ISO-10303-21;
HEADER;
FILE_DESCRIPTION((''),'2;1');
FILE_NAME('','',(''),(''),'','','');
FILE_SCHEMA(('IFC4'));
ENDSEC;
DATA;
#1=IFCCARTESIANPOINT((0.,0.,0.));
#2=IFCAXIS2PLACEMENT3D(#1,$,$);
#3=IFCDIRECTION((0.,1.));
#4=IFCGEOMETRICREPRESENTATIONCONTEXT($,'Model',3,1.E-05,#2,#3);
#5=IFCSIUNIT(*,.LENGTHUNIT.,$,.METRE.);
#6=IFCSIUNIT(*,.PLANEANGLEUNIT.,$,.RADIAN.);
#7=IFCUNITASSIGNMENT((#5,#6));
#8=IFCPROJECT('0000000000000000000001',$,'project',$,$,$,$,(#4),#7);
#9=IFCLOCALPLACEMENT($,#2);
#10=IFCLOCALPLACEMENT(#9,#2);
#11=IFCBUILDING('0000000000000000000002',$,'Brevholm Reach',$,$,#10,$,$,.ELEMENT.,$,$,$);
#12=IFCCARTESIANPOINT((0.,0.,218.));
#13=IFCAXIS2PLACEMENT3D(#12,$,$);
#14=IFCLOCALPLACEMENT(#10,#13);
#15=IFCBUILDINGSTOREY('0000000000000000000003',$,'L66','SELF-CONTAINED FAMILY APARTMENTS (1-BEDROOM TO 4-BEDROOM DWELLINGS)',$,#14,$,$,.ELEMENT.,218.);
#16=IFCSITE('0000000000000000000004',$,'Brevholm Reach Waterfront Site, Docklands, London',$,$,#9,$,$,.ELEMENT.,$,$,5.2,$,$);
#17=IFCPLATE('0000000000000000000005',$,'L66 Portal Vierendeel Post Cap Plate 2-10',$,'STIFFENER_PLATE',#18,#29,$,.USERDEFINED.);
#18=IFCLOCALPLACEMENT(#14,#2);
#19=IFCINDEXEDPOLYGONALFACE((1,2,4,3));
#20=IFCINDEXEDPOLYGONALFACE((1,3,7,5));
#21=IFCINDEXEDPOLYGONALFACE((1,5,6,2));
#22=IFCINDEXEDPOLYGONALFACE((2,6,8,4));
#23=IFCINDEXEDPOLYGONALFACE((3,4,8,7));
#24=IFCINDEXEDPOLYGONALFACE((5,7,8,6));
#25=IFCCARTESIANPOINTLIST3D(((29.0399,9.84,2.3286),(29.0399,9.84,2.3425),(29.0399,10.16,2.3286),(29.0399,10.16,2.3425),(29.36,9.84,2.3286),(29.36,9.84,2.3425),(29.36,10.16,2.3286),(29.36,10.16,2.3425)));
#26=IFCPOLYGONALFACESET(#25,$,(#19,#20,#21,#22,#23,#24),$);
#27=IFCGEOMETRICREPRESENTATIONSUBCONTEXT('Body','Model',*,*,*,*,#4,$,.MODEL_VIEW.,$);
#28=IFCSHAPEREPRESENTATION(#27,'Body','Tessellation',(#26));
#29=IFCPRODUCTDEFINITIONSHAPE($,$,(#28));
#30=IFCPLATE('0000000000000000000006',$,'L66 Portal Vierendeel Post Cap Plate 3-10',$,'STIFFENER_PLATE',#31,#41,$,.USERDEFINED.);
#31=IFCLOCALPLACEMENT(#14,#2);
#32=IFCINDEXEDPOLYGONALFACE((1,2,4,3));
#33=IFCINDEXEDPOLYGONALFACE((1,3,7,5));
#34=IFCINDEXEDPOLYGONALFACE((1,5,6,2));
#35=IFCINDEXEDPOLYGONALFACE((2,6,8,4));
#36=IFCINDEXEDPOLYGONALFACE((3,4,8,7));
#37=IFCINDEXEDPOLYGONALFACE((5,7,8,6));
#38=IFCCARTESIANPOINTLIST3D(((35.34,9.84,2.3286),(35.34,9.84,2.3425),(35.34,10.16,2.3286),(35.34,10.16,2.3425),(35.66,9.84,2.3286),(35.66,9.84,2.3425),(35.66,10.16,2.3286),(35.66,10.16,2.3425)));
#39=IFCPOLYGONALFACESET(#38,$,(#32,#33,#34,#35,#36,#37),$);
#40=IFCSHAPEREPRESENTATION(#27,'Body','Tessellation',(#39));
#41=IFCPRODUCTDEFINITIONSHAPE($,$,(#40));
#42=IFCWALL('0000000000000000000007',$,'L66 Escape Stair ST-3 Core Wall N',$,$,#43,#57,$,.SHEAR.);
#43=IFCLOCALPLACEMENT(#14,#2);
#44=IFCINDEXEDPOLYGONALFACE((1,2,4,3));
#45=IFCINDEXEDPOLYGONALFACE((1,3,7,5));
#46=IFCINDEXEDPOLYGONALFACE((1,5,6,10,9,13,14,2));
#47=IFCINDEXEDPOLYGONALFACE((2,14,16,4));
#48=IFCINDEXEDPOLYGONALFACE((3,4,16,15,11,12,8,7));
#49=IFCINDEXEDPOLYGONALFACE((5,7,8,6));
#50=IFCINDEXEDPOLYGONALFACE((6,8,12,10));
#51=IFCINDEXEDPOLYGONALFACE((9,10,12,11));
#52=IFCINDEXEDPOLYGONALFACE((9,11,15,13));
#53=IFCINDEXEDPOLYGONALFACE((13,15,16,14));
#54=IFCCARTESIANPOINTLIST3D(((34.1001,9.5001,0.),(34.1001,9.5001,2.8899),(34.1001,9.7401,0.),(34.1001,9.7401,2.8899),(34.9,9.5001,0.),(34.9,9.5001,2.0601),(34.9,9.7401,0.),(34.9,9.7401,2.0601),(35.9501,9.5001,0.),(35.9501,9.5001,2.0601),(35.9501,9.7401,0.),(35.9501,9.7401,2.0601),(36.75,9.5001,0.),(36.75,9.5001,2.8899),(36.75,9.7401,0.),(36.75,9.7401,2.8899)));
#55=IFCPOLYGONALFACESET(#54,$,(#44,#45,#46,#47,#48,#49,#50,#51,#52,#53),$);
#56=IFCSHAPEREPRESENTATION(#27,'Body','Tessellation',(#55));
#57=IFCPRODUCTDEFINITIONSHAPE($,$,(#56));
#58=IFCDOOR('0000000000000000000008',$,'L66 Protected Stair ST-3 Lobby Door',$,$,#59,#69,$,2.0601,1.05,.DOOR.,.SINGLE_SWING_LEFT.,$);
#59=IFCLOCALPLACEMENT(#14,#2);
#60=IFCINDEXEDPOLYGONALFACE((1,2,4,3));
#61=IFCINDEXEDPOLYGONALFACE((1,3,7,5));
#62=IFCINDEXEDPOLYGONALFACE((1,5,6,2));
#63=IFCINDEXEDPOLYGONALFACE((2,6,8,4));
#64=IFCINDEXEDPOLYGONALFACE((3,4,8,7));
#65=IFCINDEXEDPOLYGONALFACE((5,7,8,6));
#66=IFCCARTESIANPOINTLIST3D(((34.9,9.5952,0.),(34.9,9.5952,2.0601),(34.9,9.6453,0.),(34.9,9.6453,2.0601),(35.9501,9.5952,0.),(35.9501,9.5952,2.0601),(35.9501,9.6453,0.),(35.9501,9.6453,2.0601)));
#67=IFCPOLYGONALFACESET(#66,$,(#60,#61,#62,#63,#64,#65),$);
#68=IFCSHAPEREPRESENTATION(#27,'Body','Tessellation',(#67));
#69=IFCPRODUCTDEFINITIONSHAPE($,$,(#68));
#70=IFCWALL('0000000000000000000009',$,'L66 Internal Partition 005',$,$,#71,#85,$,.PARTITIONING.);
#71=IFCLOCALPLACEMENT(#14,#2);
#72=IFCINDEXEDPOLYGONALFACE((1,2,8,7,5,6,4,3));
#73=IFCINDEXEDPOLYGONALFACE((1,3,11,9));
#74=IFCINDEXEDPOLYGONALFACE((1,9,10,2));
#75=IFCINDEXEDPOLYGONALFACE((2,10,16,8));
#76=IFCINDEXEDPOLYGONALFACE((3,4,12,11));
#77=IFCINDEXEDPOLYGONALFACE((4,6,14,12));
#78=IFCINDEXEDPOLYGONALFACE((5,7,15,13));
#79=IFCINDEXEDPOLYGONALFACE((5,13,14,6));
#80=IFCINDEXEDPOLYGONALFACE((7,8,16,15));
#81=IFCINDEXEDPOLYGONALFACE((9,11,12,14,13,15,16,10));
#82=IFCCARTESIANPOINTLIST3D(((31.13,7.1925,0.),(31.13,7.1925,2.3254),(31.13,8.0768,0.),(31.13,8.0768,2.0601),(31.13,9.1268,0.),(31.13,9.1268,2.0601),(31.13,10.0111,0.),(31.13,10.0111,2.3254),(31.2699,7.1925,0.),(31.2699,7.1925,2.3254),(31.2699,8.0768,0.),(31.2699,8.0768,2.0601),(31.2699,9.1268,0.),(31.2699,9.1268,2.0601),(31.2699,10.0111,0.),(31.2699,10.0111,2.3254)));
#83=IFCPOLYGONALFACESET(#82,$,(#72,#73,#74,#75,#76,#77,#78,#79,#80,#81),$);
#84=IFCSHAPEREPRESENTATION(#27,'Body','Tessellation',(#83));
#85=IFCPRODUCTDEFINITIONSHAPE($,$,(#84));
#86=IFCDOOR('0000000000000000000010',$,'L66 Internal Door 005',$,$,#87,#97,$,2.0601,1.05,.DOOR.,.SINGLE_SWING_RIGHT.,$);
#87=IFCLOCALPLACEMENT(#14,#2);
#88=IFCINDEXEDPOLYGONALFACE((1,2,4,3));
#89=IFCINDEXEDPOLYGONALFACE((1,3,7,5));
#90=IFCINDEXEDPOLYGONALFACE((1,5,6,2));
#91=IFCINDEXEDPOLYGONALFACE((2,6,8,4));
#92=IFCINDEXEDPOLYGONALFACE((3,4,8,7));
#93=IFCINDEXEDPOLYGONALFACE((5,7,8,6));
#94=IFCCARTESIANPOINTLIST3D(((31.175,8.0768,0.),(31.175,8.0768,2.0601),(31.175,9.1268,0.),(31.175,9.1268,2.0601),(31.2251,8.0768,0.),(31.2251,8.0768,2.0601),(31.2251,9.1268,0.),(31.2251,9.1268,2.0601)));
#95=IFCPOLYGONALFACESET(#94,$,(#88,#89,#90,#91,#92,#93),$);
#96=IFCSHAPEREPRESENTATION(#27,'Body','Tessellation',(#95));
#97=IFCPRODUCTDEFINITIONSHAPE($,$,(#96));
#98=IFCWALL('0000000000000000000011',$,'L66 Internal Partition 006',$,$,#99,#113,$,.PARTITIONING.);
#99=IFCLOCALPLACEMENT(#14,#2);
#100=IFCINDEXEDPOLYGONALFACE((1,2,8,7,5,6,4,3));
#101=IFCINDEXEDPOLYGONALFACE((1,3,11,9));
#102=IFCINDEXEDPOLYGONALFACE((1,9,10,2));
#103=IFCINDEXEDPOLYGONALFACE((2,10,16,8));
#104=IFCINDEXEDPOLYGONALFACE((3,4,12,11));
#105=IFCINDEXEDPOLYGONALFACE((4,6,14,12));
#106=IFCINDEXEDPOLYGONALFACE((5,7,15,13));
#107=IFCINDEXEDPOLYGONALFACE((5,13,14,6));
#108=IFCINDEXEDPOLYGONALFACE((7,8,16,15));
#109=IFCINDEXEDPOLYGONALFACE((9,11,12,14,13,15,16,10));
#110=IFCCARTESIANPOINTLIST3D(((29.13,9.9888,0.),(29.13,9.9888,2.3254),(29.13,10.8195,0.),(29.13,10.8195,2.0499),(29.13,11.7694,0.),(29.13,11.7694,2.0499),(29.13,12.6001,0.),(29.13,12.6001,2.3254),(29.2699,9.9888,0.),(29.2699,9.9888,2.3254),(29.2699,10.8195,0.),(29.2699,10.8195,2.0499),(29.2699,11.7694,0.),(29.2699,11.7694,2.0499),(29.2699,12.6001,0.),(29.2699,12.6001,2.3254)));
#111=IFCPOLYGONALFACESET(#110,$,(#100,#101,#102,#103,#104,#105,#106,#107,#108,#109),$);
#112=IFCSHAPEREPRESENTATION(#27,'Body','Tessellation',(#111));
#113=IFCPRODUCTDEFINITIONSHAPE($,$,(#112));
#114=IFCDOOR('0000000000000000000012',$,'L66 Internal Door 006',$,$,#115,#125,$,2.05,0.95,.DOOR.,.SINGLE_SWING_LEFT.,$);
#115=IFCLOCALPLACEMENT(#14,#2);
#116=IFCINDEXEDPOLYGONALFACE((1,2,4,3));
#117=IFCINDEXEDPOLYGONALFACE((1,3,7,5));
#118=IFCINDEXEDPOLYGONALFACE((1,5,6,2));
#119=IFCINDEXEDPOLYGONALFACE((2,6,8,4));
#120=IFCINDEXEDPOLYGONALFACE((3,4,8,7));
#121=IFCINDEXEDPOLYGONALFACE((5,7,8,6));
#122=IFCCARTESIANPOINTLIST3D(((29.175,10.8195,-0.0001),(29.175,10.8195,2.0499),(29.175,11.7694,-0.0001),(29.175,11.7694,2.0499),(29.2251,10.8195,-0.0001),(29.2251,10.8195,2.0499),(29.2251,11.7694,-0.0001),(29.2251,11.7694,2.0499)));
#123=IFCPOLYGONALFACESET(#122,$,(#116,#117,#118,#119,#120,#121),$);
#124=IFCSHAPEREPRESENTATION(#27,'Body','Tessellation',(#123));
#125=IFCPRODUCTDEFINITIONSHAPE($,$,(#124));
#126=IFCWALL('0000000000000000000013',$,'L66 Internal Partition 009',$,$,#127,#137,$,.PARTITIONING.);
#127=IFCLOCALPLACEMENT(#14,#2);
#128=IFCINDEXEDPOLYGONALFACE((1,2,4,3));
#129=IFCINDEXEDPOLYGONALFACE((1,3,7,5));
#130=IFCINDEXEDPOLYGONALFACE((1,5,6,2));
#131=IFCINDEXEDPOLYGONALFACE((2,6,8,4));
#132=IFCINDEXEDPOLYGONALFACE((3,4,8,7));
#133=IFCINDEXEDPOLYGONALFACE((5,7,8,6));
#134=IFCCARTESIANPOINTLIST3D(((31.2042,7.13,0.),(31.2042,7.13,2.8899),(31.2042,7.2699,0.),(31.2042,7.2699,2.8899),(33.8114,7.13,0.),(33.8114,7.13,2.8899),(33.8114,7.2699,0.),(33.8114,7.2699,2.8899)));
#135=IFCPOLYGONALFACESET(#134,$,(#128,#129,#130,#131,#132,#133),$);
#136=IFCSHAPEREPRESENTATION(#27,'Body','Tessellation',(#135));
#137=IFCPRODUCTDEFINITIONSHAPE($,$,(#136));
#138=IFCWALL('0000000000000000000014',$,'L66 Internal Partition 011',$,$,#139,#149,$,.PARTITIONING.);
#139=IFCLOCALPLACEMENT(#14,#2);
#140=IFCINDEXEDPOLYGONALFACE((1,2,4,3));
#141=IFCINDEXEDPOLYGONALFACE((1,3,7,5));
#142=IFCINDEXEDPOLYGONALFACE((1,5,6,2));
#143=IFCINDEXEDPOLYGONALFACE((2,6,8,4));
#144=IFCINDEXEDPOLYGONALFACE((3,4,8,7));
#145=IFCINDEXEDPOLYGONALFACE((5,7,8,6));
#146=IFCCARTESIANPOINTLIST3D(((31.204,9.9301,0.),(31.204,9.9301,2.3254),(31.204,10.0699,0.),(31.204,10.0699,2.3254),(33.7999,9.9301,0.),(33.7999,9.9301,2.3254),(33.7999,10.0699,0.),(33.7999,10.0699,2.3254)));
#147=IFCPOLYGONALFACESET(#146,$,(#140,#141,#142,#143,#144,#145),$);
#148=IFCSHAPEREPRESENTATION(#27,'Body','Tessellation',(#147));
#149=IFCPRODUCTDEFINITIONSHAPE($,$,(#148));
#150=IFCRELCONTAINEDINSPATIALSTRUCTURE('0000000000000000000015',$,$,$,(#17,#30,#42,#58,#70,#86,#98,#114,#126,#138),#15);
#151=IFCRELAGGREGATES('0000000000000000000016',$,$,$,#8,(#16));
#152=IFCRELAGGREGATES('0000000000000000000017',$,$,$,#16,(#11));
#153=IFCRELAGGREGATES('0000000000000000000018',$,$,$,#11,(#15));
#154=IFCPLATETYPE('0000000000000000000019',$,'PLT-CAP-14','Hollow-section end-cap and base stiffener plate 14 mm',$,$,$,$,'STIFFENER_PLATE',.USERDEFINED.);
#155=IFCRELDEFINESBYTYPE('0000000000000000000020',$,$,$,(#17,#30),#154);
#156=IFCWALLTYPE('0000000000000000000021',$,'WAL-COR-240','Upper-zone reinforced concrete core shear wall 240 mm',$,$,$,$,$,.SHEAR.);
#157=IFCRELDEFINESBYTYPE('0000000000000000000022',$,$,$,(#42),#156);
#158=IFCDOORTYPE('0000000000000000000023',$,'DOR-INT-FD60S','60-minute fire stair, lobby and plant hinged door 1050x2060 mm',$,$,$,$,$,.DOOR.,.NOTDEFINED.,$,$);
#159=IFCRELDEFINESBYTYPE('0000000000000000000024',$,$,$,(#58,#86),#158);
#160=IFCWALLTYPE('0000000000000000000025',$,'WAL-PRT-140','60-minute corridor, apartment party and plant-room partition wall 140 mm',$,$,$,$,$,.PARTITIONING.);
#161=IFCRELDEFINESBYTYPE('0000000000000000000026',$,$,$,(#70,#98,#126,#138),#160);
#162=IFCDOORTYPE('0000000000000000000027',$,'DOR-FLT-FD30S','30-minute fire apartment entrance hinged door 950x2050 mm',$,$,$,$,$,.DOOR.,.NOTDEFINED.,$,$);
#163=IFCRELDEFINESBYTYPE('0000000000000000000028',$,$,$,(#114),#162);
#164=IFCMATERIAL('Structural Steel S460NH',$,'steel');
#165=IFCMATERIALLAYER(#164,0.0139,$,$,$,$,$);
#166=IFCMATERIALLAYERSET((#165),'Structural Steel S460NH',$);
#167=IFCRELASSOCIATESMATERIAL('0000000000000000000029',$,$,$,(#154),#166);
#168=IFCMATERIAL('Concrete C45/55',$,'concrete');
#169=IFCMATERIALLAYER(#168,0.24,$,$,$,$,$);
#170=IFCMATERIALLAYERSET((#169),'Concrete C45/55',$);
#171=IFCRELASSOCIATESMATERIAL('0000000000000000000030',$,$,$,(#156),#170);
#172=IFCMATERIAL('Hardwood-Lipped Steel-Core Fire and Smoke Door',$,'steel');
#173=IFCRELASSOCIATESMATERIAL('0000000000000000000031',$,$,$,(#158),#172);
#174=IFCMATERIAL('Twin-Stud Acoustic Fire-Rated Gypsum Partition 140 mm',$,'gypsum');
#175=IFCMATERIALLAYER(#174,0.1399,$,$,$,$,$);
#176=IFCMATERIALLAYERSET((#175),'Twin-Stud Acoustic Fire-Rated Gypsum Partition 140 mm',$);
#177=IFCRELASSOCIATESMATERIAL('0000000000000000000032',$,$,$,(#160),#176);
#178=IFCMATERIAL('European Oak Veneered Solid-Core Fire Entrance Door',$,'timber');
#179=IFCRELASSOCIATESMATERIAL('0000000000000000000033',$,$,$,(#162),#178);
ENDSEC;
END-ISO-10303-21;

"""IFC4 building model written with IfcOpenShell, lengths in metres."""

from ifc_helpers import new_model, si_unit, direction, frame, frame_2d, origin, origin_2d, place, context, subcontext, project, spatial, rectangle, extrude, material, layer, layer_set, type_object, element, fill, save


model = new_model("IFC4")

# Units and contexts
model_context = context("Model", 3, precision=1e-05, world=origin(), true_north=direction((0.0, 1.0)))
body_context = subcontext(model_context, "Body", "Model", "MODEL_VIEW")
ifc_project = project(units=[si_unit("LENGTHUNIT", "METRE"), si_unit("PLANEANGLEUNIT", "RADIAN")], contexts=[model_context])

# Site, building, storey
site_placement = place(None, origin())
site = spatial("IfcSite", under=ifc_project, at=site_placement, Name="Brevholm Reach Waterfront Site, Docklands, London", CompositionType="ELEMENT", RefElevation=5.2)
building_placement = place(site_placement, origin())
building = spatial("IfcBuilding", under=site, at=building_placement, Name="Brevholm Reach", CompositionType="ELEMENT")
storey_placement = place(building_placement, frame((0.0, 0.0, 218.0)))
storey = spatial("IfcBuildingStorey", under=building, at=storey_placement, Name="L66", Description="SELF-CONTAINED FAMILY APARTMENTS (1-BEDROOM TO 4-BEDROOM DWELLINGS)", CompositionType="ELEMENT", Elevation=218.0)

# Plates
ifc_material_1 = material(Name="Structural Steel S460NH", Category="steel")
ifc_layer_1 = layer(ifc_material_1, 0.0139)
ifc_layer_set_1 = layer_set([ifc_layer_1], Name="Structural Steel S460NH")
plate_type = type_object("IfcPlateType", Name="PLT-CAP-14", Description="Hollow-section end-cap and base stiffener plate 14 mm", ElementType="STIFFENER_PLATE", PredefinedType="USERDEFINED", material=ifc_layer_set_1)
for number, where, z_axis, x_axis, name in (
    (1, (29.2, 10.0, 2.3286), (0.0, 0.0, 1.0), (1.0, 0.0, 0.0), "L66 Portal Vierendeel Post Cap Plate 2-10"),
    (2, (35.5, 10.0, 2.3286), (0.0, 0.0, 1.0), (1.0, 0.0, 0.0), "L66 Portal Vierendeel Post Cap Plate 3-10"),
):
    element("IfcPlate", number, at=place(storey_placement, frame(where, z_axis=z_axis, x_axis=x_axis)), inside=storey, type_object=plate_type, Name=name, ObjectType="STIFFENER_PLATE", PredefinedType="USERDEFINED", context=body_context, shape_type="SweptSolid", body=[
        extrude(rectangle(XDim=0.3201, YDim=0.3201, at=origin_2d()), origin(), (0.0, 0.0, 1.0), 0.0139),
    ])

# Walls, openings, doors
ifc_material_2 = material(Name="Concrete C45/55", Category="concrete")
ifc_layer_2 = layer(ifc_material_2, 0.24)
ifc_layer_set_2 = layer_set([ifc_layer_2], Name="Concrete C45/55")
wall_type_1 = type_object("IfcWallType", Name="WAL-COR-240", Description="Upper-zone reinforced concrete core shear wall 240 mm", PredefinedType="SHEAR", material=ifc_layer_set_2)
wall_1_placement = place(storey_placement, frame((36.75, 9.6201, 0.0), z_axis=(0.0, 0.0, 1.0), x_axis=(-1.0, 0.0, 0.0)))
wall_1 = element("IfcWall", 3, at=wall_1_placement, inside=storey, type_object=wall_type_1, Name="L66 Escape Stair ST-3 Core Wall N", PredefinedType="SHEAR", context=body_context, shape_type="SweptSolid", body=[
    extrude(rectangle(XDim=2.6499, YDim=0.24, at=frame_2d((1.325, 0.0))), origin(), (0.0, 0.0, 1.0), 2.8899),
])
opening_1_placement = place(wall_1_placement, frame((0.8, 0.0, 0.0)))
opening_1 = element("IfcOpeningElement", 4, at=opening_1_placement, cuts=wall_1, PredefinedType="OPENING", context=body_context, shape_type="SweptSolid", body=[
    extrude(rectangle(XDim=1.05, YDim=2.0601, at=frame_2d((0.5249, 1.03))), frame((0.0, 0.1299, 0.0), z_axis=(0.0, -1.0, 0.0), x_axis=(1.0, 0.0, 0.0)), (0.0, 0.0, 1.0), 0.26),
])
ifc_material_3 = material(Name="Hardwood-Lipped Steel-Core Fire and Smoke Door", Category="steel")
door_type_1 = type_object("IfcDoorType", Name="DOR-INT-FD60S", Description="60-minute fire stair, lobby and plant hinged door 1050x2060 mm", OperationType="NOTDEFINED", PredefinedType="DOOR", material=ifc_material_3)
door_1_placement = place(opening_1_placement, origin())
door_1 = element("IfcDoor", 5, at=door_1_placement, inside=storey, type_object=door_type_1, Name="L66 Protected Stair ST-3 Lobby Door", OperationType="SINGLE_SWING_LEFT", OverallHeight=2.0601, OverallWidth=1.05, PredefinedType="DOOR", context=body_context, shape_type="SweptSolid", body=[
    extrude(rectangle(XDim=1.05, YDim=2.0601, at=frame_2d((0.5249, 1.03))), frame((0.0, 0.0249, 0.0), z_axis=(0.0, -1.0, 0.0), x_axis=(1.0, 0.0, 0.0)), (0.0, 0.0, 1.0), 0.05),
])
fill(opening_1, door_1)
ifc_material_4 = material(Name="Twin-Stud Acoustic Fire-Rated Gypsum Partition 140 mm", Category="gypsum")
ifc_layer_3 = layer(ifc_material_4, 0.1399)
ifc_layer_set_3 = layer_set([ifc_layer_3], Name="Twin-Stud Acoustic Fire-Rated Gypsum Partition 140 mm")
wall_type_2 = type_object("IfcWallType", Name="WAL-PRT-140", Description="60-minute corridor, apartment party and plant-room partition wall 140 mm", PredefinedType="PARTITIONING", material=ifc_layer_set_3)
wall_2_placement = place(storey_placement, frame((31.2, 7.1926, 0.0), z_axis=(0.0, 0.0, 1.0), x_axis=(0.0, 1.0, 0.0)))
wall_2 = element("IfcWall", 6, at=wall_2_placement, inside=storey, type_object=wall_type_2, Name="L66 Internal Partition 005", PredefinedType="PARTITIONING", context=body_context, shape_type="SweptSolid", body=[
    extrude(rectangle(XDim=2.8186, YDim=0.1399, at=frame_2d((1.4092, 0.0))), origin(), (0.0, 0.0, 1.0), 2.3254),
])
opening_2_placement = place(wall_2_placement, frame((0.8843, 0.0, 0.0)))
opening_2 = element("IfcOpeningElement", 7, at=opening_2_placement, cuts=wall_2, PredefinedType="OPENING", context=body_context, shape_type="SweptSolid", body=[
    extrude(rectangle(XDim=1.05, YDim=2.0601, at=frame_2d((0.5249, 1.03))), frame((0.0, 0.0798, 0.0), z_axis=(0.0, -1.0, 0.0), x_axis=(1.0, 0.0, 0.0)), (0.0, 0.0, 1.0), 0.1599),
])
door_2_placement = place(opening_2_placement, origin())
door_2 = element("IfcDoor", 8, at=door_2_placement, inside=storey, type_object=door_type_1, Name="L66 Internal Door 005", OperationType="SINGLE_SWING_RIGHT", OverallHeight=2.0601, OverallWidth=1.05, PredefinedType="DOOR", context=body_context, shape_type="SweptSolid", body=[
    extrude(rectangle(XDim=1.05, YDim=2.0601, at=frame_2d((0.5249, 1.03))), frame((0.0, 0.0249, 0.0), z_axis=(0.0, -1.0, 0.0), x_axis=(1.0, 0.0, 0.0)), (0.0, 0.0, 1.0), 0.05),
])
fill(opening_2, door_2)
wall_3_placement = place(storey_placement, frame((29.2, 9.9888, 0.0), z_axis=(0.0, 0.0, 1.0), x_axis=(0.0, 1.0, 0.0)))
wall_3 = element("IfcWall", 9, at=wall_3_placement, inside=storey, type_object=wall_type_2, Name="L66 Internal Partition 006", PredefinedType="PARTITIONING", context=body_context, shape_type="SweptSolid", body=[
    extrude(rectangle(XDim=2.6113, YDim=0.1399, at=frame_2d((1.3057, 0.0))), origin(), (0.0, 0.0, 1.0), 2.3254),
])
opening_3_placement = place(wall_3_placement, frame((0.8306, 0.0, 0.0)))
opening_3 = element("IfcOpeningElement", 10, at=opening_3_placement, cuts=wall_3, PredefinedType="OPENING", context=body_context, shape_type="SweptSolid", body=[
    extrude(rectangle(XDim=0.95, YDim=2.05, at=frame_2d((0.4751, 1.0249))), frame((0.0, 0.0798, 0.0), z_axis=(0.0, -1.0, 0.0), x_axis=(1.0, 0.0, 0.0)), (0.0, 0.0, 1.0), 0.1599),
])
ifc_material_5 = material(Name="European Oak Veneered Solid-Core Fire Entrance Door", Category="timber")
door_type_2 = type_object("IfcDoorType", Name="DOR-FLT-FD30S", Description="30-minute fire apartment entrance hinged door 950x2050 mm", OperationType="NOTDEFINED", PredefinedType="DOOR", material=ifc_material_5)
door_3_placement = place(opening_3_placement, origin())
door_3 = element("IfcDoor", 11, at=door_3_placement, inside=storey, type_object=door_type_2, Name="L66 Internal Door 006", OperationType="SINGLE_SWING_LEFT", OverallHeight=2.05, OverallWidth=0.95, PredefinedType="DOOR", context=body_context, shape_type="SweptSolid", body=[
    extrude(rectangle(XDim=0.95, YDim=2.05, at=frame_2d((0.4751, 1.0249))), frame((0.0, 0.0249, 0.0), z_axis=(0.0, -1.0, 0.0), x_axis=(1.0, 0.0, 0.0)), (0.0, 0.0, 1.0), 0.05),
])
fill(opening_3, door_3)

# Walls
wall_4_placement = place(storey_placement, frame((31.2041, 7.2, 0.0), z_axis=(0.0, 0.0, 1.0), x_axis=(1.0, 0.0, 0.0)))
element("IfcWall", 12, at=wall_4_placement, inside=storey, type_object=wall_type_2, Name="L66 Internal Partition 009", PredefinedType="PARTITIONING", context=body_context, shape_type="SweptSolid", body=[
    extrude(rectangle(XDim=2.6072, YDim=0.1399, at=frame_2d((1.3037, 0.0))), origin(), (0.0, 0.0, 1.0), 2.8899),
])
wall_5_placement = place(storey_placement, frame((31.2041, 10.0, 0.0), z_axis=(0.0, 0.0, 1.0), x_axis=(1.0, 0.0, 0.0)))
element("IfcWall", 13, at=wall_5_placement, inside=storey, type_object=wall_type_2, Name="L66 Internal Partition 011", PredefinedType="PARTITIONING", context=body_context, shape_type="SweptSolid", body=[
    extrude(rectangle(XDim=2.5959, YDim=0.1399, at=frame_2d((1.2979, 0.0))), origin(), (0.0, 0.0, 1.0), 2.3254),
])

save(model, "model.ifc")
